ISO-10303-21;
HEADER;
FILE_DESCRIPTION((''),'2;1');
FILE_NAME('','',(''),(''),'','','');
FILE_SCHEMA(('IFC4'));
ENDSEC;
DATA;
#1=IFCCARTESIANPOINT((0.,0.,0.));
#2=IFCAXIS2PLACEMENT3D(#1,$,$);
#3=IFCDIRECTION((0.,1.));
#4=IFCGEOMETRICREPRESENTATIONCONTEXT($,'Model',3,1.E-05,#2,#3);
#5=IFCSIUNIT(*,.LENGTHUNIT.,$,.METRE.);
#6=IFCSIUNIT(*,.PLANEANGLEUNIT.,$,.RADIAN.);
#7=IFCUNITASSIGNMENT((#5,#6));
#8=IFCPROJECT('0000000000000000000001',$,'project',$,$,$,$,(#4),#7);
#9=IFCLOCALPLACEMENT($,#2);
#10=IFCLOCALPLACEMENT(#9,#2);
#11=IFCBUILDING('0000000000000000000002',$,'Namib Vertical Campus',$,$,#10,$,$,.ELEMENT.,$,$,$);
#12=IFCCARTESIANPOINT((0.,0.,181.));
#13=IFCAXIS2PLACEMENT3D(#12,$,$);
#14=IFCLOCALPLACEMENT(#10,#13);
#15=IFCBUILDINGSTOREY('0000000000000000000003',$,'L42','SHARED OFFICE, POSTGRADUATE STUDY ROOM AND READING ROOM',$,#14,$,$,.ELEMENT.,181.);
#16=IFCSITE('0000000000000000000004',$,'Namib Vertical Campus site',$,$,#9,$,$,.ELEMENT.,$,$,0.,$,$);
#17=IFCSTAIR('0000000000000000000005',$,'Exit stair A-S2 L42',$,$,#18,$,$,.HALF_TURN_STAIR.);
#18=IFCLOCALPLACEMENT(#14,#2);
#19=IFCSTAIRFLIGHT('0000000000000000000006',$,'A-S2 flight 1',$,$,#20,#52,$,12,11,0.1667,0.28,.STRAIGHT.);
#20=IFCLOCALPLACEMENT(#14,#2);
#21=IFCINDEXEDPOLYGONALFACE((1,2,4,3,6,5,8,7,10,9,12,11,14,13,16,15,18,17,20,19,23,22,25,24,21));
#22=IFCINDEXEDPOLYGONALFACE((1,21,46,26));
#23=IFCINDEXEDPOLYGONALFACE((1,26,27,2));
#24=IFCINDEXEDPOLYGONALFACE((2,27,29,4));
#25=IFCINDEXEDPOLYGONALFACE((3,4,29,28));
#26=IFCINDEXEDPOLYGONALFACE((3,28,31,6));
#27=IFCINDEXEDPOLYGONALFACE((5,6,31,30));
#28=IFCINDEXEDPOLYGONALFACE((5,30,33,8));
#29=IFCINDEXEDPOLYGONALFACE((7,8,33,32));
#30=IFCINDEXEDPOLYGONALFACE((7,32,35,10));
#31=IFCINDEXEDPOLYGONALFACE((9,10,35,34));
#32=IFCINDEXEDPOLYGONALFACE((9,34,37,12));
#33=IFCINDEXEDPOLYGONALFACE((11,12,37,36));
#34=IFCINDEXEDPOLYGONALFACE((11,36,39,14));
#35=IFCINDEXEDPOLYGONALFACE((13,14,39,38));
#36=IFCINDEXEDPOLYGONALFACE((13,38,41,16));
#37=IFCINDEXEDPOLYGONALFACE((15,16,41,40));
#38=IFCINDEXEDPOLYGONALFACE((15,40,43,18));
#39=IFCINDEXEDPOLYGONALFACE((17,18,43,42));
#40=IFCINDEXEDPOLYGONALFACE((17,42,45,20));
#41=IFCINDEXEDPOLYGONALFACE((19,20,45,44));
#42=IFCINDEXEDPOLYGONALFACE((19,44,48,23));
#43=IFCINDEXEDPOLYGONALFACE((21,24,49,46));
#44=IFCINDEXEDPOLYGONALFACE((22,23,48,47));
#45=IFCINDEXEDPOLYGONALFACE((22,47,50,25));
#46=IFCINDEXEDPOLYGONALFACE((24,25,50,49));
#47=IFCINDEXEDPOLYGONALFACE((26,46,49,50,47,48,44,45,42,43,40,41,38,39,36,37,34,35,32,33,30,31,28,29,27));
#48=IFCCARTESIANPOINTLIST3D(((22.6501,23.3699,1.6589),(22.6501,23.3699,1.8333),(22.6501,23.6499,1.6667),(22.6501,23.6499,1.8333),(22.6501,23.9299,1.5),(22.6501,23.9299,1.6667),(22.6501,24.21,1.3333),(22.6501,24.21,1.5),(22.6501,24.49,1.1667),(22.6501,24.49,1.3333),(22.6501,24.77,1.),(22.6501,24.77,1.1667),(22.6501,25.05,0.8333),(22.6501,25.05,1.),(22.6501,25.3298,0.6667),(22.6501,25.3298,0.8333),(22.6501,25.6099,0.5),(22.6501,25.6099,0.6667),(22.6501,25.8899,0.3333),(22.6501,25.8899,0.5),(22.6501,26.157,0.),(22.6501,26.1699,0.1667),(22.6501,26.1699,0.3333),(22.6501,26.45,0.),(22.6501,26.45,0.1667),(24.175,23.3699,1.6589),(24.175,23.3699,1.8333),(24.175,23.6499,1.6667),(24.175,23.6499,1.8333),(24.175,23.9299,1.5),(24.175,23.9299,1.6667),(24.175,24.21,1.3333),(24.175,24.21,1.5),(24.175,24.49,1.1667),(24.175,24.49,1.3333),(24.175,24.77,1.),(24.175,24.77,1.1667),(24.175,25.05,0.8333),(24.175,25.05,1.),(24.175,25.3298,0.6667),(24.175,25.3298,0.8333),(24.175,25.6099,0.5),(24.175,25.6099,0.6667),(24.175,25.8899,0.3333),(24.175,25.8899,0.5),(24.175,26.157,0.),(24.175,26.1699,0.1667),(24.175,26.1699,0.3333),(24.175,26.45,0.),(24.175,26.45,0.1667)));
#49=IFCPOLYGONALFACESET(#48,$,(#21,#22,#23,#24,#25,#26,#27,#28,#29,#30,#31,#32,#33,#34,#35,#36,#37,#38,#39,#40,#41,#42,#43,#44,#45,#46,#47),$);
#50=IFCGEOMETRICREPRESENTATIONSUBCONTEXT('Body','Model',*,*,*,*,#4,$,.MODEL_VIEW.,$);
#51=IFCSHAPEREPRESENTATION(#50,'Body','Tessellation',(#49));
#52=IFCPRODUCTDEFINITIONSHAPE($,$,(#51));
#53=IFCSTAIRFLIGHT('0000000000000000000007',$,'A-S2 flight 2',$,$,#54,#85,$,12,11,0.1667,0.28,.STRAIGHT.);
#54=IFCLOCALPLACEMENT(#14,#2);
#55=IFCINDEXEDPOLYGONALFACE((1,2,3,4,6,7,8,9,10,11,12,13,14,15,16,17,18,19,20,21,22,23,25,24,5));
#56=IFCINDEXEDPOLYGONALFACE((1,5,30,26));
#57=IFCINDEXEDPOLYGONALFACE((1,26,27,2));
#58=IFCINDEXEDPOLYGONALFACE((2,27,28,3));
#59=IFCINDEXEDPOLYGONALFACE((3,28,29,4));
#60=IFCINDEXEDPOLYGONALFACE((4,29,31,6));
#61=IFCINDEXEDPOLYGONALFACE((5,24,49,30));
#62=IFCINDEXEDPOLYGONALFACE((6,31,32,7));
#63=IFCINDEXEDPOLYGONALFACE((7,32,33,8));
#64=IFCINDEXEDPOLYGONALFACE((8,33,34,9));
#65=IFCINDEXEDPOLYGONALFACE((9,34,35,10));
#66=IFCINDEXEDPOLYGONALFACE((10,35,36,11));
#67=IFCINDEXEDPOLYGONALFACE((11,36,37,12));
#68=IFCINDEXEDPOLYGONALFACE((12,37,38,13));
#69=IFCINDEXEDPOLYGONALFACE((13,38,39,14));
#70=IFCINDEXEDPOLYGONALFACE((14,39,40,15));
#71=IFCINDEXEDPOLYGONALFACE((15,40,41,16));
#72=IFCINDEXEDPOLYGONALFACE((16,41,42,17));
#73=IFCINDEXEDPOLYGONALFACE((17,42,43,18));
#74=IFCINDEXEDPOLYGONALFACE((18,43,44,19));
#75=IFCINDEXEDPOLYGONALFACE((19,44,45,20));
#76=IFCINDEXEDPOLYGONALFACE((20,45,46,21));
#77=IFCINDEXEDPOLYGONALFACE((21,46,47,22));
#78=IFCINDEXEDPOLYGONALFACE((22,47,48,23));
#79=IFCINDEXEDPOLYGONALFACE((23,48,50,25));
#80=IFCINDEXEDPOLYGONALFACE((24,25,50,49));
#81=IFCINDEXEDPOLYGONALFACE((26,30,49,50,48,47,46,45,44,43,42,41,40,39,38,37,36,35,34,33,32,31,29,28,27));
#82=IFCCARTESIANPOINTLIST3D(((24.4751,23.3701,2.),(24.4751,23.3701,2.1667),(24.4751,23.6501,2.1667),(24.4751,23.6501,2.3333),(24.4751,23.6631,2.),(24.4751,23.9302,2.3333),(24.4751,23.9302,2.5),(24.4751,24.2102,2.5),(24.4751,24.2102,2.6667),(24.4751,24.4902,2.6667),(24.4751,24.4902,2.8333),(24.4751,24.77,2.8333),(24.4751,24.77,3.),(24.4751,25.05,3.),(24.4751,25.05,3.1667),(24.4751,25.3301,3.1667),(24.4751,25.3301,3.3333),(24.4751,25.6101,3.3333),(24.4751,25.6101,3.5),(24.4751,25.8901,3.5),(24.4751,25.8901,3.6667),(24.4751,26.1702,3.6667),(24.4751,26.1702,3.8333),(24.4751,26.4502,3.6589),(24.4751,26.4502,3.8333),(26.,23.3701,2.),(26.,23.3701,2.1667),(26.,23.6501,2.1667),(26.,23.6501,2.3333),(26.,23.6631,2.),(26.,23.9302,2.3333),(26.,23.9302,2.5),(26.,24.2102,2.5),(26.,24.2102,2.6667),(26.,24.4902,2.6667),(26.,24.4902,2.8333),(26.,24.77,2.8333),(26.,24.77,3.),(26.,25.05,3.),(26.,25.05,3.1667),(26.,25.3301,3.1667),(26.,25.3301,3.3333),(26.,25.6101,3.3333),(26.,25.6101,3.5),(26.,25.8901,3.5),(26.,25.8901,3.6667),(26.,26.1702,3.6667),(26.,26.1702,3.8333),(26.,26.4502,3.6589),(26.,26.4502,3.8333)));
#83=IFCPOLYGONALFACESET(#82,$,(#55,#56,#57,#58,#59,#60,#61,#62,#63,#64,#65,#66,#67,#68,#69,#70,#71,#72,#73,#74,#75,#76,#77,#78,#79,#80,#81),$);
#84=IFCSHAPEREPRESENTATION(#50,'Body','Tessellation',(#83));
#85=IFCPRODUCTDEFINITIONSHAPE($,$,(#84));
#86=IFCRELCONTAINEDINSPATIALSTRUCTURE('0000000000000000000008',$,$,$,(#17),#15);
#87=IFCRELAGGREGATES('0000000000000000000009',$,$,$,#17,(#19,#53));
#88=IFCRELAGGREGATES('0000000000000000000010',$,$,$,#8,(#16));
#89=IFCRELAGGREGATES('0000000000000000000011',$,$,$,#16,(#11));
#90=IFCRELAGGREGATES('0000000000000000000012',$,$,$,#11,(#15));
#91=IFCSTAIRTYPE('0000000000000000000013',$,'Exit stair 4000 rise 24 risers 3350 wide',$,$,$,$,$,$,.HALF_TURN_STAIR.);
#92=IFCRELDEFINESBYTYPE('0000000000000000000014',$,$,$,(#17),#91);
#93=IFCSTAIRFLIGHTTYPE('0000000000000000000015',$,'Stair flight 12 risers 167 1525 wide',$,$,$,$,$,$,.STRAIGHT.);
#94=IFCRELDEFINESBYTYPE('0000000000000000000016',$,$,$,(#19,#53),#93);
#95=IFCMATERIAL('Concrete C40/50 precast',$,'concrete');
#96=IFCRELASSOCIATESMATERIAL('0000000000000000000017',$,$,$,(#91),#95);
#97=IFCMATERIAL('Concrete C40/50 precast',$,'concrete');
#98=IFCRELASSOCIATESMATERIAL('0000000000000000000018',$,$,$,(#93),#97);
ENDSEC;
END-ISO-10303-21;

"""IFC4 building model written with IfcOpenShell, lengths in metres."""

from ifc_helpers import new_model, si_unit, direction, frame, origin, place, context, subcontext, project, spatial, polyline, outline, extrude, material, type_object, element, aggregate, save


model = new_model("IFC4")

# Units and contexts
model_context = context("Model", 3, precision=1e-05, world=origin(), true_north=direction((0.0, 1.0)))
body_context = subcontext(model_context, "Body", "Model", "MODEL_VIEW")
ifc_project = project(units=[si_unit("LENGTHUNIT", "METRE"), si_unit("PLANEANGLEUNIT", "RADIAN")], contexts=[model_context])

# Site, building, storey
site_placement = place(None, origin())
site = spatial("IfcSite", under=ifc_project, at=site_placement, Name="Namib Vertical Campus site", CompositionType="ELEMENT", RefElevation=0.0)
building_placement = place(site_placement, origin())
building = spatial("IfcBuilding", under=site, at=building_placement, Name="Namib Vertical Campus", CompositionType="ELEMENT")
storey_placement = place(building_placement, frame((0.0, 0.0, 181.0)))
storey = spatial("IfcBuildingStorey", under=building, at=storey_placement, Name="L42", Description="SHARED OFFICE, POSTGRADUATE STUDY ROOM AND READING ROOM", CompositionType="ELEMENT", Elevation=181.0)

# Stair, stair flights
ifc_material_1 = material(Name="Concrete C40/50 precast", Category="concrete")
stair_type = type_object("IfcStairType", Name="Exit stair 4000 rise 24 risers 3350 wide", PredefinedType="HALF_TURN_STAIR", material=ifc_material_1)
stair_placement = place(storey_placement, origin())
stair = element("IfcStair", 1, at=stair_placement, inside=storey, type_object=stair_type, Name="Exit stair A-S2 L42", PredefinedType="HALF_TURN_STAIR")
ifc_material_2 = material(Name="Concrete C40/50 precast", Category="concrete")
stair_flight_type = type_object("IfcStairFlightType", Name="Stair flight 12 risers 167 1525 wide", PredefinedType="STRAIGHT", material=ifc_material_2)
stair_flight_1_placement = place(storey_placement, frame((23.4126, 26.45, 0.0), z_axis=(0.0, 0.0, 1.0), x_axis=(0.0, -1.0, 0.0)))
stair_flight_1 = element("IfcStairFlight", 2, at=stair_flight_1_placement, type_object=stair_flight_type, Name="A-S2 flight 1", NumberOfRisers=12, NumberOfTreads=11, PredefinedType="STRAIGHT", RiserHeight=0.1667, TreadLength=0.28, context=body_context, shape_type="SweptSolid", body=[
    extrude(outline(polyline([(0.0, 0.0), (0.0, 0.1667), (0.28, 0.1667), (0.28, 0.3333), (0.5601, 0.3333), (0.5601, 0.5), (0.8401, 0.5), (0.8401, 0.6667), (1.1201, 0.6667), (1.1201, 0.8333), (1.3999, 0.8333), (1.3999, 1.0), (1.6799, 1.0), (1.6799, 1.1667), (1.96, 1.1667), (1.96, 1.3333), (2.24, 1.3333), (2.24, 1.5), (2.52, 1.5), (2.52, 1.6667), (2.8, 1.6667), (2.8, 1.8333), (3.0801, 1.8333), (3.0801, 2.0), (3.0801, 1.6589), (0.293, 0.0), (0.0, 0.0)])), frame((0.0, 0.7625, 0.0), z_axis=(0.0, -1.0, 0.0), x_axis=(1.0, 0.0, 0.0)), (0.0, 0.0, 1.0), 1.5249),
])
stair_flight_2_placement = place(storey_placement, frame((25.2375, 23.3701, 2.0), z_axis=(0.0, 0.0, 1.0), x_axis=(0.0, 1.0, 0.0)))
stair_flight_2 = element("IfcStairFlight", 3, at=stair_flight_2_placement, type_object=stair_flight_type, Name="A-S2 flight 2", NumberOfRisers=12, NumberOfTreads=11, PredefinedType="STRAIGHT", RiserHeight=0.1667, TreadLength=0.28, context=body_context, shape_type="SweptSolid", body=[
    extrude(outline(polyline([(0.0, 0.0), (0.0, 0.1667), (0.28, 0.1667), (0.28, 0.3333), (0.5601, 0.3333), (0.5601, 0.5), (0.8401, 0.5), (0.8401, 0.6667), (1.1201, 0.6667), (1.1201, 0.8333), (1.3999, 0.8333), (1.3999, 1.0), (1.6799, 1.0), (1.6799, 1.1667), (1.96, 1.1667), (1.96, 1.3333), (2.24, 1.3333), (2.24, 1.5), (2.52, 1.5), (2.52, 1.6667), (2.8, 1.6667), (2.8, 1.8333), (3.0801, 1.8333), (3.0801, 2.0), (3.0801, 1.6589), (0.293, 0.0), (0.0, 0.0)])), frame((0.0, 0.7625, 0.0), z_axis=(0.0, -1.0, 0.0), x_axis=(1.0, 0.0, 0.0)), (0.0, 0.0, 1.0), 1.5249),
])
aggregate(stair, [stair_flight_1, stair_flight_2])

save(model, "model.ifc")
